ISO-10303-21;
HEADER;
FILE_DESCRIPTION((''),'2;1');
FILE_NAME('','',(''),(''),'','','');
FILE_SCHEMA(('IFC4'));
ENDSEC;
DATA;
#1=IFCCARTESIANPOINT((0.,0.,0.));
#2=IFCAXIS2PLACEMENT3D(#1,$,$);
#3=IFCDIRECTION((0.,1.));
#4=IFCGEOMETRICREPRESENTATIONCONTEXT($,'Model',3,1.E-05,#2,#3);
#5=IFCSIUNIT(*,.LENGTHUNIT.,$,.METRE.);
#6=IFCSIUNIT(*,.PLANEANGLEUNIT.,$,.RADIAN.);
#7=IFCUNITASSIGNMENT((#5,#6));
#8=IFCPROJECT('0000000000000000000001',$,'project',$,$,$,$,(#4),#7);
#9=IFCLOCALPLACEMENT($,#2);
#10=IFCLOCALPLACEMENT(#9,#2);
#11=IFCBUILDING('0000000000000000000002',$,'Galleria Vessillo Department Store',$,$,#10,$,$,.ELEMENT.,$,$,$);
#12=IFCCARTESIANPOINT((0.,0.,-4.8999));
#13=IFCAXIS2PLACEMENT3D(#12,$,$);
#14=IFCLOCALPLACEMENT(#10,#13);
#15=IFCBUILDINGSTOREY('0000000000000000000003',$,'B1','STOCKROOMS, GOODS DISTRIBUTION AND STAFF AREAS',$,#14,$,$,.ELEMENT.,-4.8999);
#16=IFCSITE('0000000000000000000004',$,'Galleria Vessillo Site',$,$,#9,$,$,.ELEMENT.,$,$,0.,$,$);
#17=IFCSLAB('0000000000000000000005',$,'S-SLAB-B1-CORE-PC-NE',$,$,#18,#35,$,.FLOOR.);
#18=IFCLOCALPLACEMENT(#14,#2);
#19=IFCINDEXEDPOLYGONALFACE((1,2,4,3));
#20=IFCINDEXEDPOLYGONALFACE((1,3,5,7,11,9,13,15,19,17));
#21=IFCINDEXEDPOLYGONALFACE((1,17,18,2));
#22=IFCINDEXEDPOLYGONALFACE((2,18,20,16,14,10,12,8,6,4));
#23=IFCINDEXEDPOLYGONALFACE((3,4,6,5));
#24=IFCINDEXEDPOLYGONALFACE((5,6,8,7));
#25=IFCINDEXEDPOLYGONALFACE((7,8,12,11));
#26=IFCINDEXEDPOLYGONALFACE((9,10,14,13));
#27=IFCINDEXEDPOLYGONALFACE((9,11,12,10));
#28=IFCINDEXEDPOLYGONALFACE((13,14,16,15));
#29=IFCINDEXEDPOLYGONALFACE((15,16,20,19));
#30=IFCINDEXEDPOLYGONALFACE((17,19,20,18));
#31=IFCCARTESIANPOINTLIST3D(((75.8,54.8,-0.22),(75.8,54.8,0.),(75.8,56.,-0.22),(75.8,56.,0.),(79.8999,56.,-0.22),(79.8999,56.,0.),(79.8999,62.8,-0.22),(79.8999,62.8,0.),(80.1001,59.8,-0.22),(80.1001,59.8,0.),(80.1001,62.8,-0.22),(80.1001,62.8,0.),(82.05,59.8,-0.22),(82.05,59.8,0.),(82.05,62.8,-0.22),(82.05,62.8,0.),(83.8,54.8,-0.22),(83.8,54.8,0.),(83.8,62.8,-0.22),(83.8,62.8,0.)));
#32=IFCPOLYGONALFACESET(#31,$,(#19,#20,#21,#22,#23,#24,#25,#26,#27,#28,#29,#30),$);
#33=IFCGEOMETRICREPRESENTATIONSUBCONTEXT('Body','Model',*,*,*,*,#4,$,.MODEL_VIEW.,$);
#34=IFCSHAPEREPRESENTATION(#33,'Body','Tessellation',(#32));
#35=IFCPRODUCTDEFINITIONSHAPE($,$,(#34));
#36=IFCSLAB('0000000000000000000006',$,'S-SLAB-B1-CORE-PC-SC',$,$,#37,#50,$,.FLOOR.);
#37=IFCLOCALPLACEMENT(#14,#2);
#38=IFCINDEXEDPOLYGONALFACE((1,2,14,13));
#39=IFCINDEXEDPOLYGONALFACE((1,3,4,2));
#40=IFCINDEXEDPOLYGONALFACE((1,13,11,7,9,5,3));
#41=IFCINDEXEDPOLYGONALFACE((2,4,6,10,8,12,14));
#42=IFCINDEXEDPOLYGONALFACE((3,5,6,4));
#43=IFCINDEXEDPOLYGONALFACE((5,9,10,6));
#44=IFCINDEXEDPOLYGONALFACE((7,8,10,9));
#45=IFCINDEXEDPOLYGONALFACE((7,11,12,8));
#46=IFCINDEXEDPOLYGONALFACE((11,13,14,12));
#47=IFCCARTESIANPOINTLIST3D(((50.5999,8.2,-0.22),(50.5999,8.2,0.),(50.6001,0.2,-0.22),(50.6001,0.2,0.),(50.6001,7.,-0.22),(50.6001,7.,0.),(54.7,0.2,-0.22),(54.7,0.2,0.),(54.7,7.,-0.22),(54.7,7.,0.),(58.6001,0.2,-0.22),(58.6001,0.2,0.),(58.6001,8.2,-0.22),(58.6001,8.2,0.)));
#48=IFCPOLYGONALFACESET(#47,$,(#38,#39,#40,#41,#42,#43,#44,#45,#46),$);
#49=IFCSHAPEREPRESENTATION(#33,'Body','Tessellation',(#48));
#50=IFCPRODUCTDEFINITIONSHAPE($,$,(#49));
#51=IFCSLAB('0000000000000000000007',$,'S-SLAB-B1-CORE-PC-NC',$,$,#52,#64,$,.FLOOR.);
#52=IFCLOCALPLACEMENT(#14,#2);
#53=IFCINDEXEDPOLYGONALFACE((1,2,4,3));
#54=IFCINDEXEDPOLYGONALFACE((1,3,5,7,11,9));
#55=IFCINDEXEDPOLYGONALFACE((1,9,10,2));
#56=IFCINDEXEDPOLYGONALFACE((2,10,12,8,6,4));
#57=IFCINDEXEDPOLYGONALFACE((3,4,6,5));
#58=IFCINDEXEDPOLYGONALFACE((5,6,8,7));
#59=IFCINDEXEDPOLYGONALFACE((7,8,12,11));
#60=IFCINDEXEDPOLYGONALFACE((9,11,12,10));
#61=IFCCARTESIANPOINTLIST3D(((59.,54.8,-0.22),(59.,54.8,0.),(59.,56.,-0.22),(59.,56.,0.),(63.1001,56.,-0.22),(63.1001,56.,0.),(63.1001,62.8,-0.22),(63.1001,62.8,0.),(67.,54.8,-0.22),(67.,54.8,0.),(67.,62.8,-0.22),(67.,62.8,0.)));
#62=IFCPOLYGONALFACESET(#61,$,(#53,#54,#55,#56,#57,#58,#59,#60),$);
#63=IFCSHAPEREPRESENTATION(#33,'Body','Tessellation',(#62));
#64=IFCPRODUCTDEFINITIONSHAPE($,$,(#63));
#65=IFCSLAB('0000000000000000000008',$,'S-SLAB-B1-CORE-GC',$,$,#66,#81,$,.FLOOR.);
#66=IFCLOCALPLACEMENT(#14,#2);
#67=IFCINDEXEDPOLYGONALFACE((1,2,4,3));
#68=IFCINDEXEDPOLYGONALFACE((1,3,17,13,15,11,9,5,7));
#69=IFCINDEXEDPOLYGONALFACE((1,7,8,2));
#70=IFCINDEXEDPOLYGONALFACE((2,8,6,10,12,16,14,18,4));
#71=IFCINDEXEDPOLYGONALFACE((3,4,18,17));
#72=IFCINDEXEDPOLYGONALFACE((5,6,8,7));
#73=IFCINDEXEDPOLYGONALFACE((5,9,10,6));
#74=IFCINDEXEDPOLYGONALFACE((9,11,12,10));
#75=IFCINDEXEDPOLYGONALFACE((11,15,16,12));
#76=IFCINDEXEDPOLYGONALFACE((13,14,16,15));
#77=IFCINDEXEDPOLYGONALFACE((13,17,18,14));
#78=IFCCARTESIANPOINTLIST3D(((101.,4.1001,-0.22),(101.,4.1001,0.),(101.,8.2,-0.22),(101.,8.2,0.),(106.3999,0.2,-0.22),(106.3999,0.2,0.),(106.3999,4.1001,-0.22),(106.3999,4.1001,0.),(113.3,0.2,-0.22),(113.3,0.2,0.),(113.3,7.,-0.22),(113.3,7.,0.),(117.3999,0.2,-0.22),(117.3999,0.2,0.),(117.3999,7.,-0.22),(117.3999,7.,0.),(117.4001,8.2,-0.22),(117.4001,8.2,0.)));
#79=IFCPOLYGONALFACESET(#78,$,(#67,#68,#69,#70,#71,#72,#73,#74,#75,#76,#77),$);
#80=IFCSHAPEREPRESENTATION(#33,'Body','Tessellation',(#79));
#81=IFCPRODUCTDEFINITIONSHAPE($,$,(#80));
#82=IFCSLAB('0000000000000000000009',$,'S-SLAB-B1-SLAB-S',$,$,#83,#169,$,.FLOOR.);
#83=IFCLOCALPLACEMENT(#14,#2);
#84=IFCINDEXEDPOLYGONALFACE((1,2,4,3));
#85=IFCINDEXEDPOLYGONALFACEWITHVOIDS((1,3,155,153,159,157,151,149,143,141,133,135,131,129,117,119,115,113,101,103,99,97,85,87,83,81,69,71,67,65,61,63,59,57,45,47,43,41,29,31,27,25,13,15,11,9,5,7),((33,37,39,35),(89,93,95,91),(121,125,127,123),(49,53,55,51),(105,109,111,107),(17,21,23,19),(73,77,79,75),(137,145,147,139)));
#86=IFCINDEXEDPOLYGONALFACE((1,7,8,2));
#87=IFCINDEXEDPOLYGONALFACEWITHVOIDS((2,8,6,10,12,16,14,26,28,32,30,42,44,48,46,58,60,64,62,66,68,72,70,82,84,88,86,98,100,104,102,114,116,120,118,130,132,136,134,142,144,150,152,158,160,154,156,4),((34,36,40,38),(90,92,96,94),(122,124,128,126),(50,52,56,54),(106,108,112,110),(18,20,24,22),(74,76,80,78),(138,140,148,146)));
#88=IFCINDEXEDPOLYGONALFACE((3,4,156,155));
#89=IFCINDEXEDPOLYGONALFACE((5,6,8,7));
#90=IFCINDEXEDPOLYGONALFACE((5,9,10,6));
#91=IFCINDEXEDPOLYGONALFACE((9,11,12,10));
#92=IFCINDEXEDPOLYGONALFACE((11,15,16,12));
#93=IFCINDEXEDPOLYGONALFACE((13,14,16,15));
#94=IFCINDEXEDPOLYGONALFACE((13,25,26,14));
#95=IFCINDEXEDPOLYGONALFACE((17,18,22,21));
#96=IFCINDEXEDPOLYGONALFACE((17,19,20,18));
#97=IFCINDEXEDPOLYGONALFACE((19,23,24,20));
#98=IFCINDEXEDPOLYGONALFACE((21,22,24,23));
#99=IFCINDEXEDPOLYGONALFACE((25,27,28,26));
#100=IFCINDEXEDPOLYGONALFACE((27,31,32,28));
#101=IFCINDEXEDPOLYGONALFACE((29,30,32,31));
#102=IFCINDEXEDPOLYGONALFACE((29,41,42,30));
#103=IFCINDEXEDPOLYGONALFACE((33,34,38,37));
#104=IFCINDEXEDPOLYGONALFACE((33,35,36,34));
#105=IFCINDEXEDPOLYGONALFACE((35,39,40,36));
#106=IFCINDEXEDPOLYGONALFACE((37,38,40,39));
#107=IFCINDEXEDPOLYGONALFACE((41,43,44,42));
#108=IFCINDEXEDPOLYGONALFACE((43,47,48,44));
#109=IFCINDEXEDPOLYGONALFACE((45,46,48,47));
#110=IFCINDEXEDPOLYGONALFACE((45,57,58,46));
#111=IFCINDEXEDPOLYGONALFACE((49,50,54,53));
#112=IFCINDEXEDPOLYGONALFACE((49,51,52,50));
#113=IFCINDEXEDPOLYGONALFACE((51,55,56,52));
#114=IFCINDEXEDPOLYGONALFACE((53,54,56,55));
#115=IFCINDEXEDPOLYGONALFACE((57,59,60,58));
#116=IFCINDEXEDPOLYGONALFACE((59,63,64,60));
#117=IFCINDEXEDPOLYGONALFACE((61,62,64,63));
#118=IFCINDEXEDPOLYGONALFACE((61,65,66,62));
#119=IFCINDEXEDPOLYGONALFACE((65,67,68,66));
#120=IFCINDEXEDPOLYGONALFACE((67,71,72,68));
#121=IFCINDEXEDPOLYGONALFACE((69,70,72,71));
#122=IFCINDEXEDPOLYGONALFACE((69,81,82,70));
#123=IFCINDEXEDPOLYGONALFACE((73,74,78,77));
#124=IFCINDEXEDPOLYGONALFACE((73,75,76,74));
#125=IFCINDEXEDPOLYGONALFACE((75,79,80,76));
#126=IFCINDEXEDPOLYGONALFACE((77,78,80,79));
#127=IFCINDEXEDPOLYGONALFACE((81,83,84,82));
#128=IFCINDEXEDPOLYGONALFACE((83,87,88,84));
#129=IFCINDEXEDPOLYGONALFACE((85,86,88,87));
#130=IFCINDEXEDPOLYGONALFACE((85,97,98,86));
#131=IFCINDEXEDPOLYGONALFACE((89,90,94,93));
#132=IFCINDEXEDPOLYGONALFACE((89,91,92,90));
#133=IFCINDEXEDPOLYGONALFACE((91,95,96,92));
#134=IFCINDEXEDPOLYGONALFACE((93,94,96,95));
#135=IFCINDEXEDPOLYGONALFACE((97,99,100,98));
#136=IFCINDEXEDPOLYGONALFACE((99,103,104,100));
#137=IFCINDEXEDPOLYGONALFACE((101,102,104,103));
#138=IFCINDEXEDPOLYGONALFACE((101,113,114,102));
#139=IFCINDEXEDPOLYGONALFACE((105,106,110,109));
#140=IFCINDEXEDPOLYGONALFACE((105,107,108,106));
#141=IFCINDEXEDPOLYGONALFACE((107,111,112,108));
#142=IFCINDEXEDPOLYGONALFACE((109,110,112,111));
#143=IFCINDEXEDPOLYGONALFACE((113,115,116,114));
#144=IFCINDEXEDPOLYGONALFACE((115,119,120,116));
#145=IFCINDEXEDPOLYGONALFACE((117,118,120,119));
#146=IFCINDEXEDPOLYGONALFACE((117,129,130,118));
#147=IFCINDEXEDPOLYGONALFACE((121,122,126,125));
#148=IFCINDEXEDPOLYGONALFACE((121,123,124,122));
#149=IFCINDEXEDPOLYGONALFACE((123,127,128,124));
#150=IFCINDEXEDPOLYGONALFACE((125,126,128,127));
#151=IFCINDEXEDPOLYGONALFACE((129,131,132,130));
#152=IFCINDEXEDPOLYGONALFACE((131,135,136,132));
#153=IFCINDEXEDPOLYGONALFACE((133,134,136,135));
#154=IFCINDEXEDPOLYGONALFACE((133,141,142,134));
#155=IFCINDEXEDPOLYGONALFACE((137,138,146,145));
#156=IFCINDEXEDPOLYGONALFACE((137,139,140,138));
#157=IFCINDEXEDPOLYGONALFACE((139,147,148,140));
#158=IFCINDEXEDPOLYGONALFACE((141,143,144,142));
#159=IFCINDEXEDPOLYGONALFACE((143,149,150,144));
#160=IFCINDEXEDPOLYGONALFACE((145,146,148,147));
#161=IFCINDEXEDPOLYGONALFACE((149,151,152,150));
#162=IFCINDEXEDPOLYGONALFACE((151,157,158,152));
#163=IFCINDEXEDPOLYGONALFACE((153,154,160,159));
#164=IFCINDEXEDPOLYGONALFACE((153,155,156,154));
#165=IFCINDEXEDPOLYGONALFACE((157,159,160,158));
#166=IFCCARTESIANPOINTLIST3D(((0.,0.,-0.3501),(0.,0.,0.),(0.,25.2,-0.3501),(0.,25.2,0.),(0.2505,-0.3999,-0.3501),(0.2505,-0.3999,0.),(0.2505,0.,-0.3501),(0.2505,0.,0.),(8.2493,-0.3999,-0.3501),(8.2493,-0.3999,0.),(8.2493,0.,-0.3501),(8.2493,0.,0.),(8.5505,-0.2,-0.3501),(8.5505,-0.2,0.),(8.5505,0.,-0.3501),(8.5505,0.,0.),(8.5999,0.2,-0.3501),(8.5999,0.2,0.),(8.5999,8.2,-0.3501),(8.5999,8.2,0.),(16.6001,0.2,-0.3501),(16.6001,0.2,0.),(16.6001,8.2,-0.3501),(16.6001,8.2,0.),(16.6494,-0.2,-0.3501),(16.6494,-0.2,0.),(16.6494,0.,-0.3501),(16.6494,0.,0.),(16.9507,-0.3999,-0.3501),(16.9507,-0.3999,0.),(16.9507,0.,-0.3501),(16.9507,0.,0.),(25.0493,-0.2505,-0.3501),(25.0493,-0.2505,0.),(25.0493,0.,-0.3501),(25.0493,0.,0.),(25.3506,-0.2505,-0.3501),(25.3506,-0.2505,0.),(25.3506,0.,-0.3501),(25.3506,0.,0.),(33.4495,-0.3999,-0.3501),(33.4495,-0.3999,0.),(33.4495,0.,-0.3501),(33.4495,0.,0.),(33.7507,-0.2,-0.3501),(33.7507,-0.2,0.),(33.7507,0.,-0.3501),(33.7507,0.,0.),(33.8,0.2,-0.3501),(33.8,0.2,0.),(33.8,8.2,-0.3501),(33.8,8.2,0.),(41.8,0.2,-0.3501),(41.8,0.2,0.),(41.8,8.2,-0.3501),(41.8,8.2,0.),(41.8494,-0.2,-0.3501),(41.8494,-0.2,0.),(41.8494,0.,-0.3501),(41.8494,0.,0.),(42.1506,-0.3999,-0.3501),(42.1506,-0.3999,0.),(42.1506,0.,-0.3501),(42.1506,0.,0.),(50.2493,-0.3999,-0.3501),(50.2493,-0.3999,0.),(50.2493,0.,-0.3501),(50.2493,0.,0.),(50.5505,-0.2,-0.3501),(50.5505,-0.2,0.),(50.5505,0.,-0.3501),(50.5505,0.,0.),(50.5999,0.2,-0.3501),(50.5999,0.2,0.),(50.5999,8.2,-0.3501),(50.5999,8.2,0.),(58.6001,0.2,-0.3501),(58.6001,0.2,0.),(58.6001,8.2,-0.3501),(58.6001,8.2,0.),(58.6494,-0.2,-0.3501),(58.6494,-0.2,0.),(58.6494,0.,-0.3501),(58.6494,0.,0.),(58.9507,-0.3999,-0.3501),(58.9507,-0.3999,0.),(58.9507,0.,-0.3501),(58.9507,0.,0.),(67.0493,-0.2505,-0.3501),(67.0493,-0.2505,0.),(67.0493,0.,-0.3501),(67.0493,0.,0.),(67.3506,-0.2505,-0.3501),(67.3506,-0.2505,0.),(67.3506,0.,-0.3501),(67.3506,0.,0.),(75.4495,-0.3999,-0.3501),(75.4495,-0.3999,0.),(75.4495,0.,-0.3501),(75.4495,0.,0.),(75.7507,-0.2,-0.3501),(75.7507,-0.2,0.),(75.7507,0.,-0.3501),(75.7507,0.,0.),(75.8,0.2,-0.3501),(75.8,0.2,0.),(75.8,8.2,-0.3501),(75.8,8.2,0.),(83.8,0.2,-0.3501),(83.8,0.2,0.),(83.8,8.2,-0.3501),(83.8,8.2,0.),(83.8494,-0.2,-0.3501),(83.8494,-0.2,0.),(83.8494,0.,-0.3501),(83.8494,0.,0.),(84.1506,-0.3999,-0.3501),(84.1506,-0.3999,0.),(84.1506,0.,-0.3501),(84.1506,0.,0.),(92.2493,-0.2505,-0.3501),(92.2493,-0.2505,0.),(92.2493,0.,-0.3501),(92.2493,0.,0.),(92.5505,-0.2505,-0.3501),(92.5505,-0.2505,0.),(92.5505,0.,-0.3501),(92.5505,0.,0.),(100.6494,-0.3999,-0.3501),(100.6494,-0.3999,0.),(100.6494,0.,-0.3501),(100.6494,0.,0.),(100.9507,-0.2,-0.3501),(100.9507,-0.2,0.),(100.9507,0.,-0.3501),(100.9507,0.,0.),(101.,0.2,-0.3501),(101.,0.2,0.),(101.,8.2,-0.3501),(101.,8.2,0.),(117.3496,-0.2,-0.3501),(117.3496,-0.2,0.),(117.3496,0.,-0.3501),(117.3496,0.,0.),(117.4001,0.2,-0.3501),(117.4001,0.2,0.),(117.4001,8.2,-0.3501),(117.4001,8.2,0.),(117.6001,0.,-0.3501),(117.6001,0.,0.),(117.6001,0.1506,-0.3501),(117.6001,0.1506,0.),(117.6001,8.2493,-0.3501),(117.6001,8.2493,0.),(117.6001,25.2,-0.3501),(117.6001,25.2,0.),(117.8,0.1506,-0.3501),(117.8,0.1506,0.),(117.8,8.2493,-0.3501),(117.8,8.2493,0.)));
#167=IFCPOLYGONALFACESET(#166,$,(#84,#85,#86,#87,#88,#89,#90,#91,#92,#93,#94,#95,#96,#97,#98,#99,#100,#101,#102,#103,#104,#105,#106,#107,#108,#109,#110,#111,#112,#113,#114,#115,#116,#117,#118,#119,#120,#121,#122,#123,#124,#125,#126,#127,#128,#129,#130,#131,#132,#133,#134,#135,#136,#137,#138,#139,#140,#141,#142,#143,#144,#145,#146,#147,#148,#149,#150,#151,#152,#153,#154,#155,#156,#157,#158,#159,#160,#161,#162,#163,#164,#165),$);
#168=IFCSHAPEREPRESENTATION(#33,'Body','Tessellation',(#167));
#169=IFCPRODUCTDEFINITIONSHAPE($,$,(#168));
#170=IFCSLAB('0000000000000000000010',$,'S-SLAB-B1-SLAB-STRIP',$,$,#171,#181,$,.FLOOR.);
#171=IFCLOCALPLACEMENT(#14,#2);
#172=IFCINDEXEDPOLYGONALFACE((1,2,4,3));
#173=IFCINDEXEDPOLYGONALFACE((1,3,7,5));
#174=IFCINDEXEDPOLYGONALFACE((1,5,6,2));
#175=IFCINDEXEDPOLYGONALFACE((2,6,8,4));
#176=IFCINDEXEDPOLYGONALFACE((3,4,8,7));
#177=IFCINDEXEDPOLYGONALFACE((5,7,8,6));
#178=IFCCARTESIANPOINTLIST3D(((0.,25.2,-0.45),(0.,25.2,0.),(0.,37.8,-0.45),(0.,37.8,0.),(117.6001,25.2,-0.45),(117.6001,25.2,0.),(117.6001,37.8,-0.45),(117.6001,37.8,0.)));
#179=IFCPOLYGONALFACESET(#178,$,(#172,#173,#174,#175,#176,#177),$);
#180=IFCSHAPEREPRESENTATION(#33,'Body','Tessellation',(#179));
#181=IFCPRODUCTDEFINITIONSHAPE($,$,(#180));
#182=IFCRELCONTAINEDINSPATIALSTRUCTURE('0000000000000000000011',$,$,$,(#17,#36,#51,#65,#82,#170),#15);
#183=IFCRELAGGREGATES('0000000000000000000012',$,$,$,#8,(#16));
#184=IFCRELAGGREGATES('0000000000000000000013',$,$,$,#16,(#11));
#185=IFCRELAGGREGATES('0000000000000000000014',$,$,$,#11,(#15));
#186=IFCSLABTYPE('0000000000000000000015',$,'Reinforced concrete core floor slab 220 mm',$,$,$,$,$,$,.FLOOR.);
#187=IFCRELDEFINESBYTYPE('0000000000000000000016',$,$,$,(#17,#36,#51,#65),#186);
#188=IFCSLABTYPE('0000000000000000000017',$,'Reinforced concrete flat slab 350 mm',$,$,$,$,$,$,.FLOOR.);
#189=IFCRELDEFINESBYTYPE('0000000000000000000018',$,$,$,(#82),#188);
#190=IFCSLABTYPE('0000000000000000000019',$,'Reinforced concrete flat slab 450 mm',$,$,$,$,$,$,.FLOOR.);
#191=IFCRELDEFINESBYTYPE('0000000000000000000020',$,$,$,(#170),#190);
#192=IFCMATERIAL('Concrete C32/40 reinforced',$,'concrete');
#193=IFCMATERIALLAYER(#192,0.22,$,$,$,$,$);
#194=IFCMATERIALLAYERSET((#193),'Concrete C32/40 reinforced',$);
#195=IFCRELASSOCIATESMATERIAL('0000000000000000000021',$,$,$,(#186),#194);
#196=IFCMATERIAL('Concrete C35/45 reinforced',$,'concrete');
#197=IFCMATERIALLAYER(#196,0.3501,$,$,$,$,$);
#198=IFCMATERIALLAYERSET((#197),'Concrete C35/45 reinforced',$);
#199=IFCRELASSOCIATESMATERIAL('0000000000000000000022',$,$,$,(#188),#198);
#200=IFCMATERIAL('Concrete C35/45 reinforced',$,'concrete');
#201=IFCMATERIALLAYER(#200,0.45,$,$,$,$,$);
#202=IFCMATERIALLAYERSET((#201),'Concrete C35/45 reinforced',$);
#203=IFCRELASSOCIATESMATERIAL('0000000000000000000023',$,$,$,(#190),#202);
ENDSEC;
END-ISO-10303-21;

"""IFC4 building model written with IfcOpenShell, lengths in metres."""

from ifc_helpers import new_model, si_unit, direction, frame, origin, place, context, subcontext, project, spatial, polyline, outline, extrude, material, layer, layer_set, type_object, element, save


model = new_model("IFC4")

# Units and contexts
model_context = context("Model", 3, precision=1e-05, world=origin(), true_north=direction((0.0, 1.0)))
body_context = subcontext(model_context, "Body", "Model", "MODEL_VIEW")
ifc_project = project(units=[si_unit("LENGTHUNIT", "METRE"), si_unit("PLANEANGLEUNIT", "RADIAN")], contexts=[model_context])

# Site, building, storey
site_placement = place(None, origin())
site = spatial("IfcSite", under=ifc_project, at=site_placement, Name="Galleria Vessillo Site", CompositionType="ELEMENT", RefElevation=0.0)
building_placement = place(site_placement, origin())
building = spatial("IfcBuilding", under=site, at=building_placement, Name="Galleria Vessillo Department Store", CompositionType="ELEMENT")
storey_placement = place(building_placement, frame((0.0, 0.0, -4.8999)))
storey = spatial("IfcBuildingStorey", under=building, at=storey_placement, Name="B1", Description="STOCKROOMS, GOODS DISTRIBUTION AND STAFF AREAS", CompositionType="ELEMENT", Elevation=-4.8999)

# Slabs
ifc_material_1 = material(Name="Concrete C32/40 reinforced", Category="concrete")
ifc_layer_1 = layer(ifc_material_1, 0.22)
ifc_layer_set_1 = layer_set([ifc_layer_1], Name="Concrete C32/40 reinforced")
slab_type_1 = type_object("IfcSlabType", Name="Reinforced concrete core floor slab 220 mm", PredefinedType="FLOOR", material=ifc_layer_set_1)
slab_1_placement = place(storey_placement, frame((0.0, 0.0, -0.22)))
element("IfcSlab", 1, at=slab_1_placement, inside=storey, type_object=slab_type_1, Name="S-SLAB-B1-CORE-PC-NE", PredefinedType="FLOOR", context=body_context, shape_type="SweptSolid", body=[
    extrude(outline(polyline([(83.8, 62.8), (83.8, 54.8), (75.8, 54.8), (75.8, 56.0), (79.8999, 56.0), (79.8999, 62.8), (80.1001, 62.8), (80.1001, 59.8), (82.05, 59.8), (82.05, 62.8), (83.8, 62.8)])), origin(), (0.0, 0.0, 1.0), 0.22),
])
slab_2_placement = place(storey_placement, frame((0.0, 0.0, -0.22)))
element("IfcSlab", 2, at=slab_2_placement, inside=storey, type_object=slab_type_1, Name="S-SLAB-B1-CORE-PC-SC", PredefinedType="FLOOR", context=body_context, shape_type="SweptSolid", body=[
    extrude(outline(polyline([(50.5999, 8.2), (58.6001, 8.2), (58.6001, 0.2), (54.7, 0.2), (54.7, 7.0), (50.6001, 7.0), (50.6001, 0.2), (50.5999, 8.2)])), origin(), (0.0, 0.0, 1.0), 0.22),
])
slab_3_placement = place(storey_placement, frame((0.0, 0.0, -0.22)))
element("IfcSlab", 3, at=slab_3_placement, inside=storey, type_object=slab_type_1, Name="S-SLAB-B1-CORE-PC-NC", PredefinedType="FLOOR", context=body_context, shape_type="SweptSolid", body=[
    extrude(outline(polyline([(67.0, 62.8), (67.0, 54.8), (59.0, 54.8), (59.0, 56.0), (63.1001, 56.0), (63.1001, 62.8), (67.0, 62.8)])), origin(), (0.0, 0.0, 1.0), 0.22),
])
slab_4_placement = place(storey_placement, frame((0.0, 0.0, -0.22)))
element("IfcSlab", 4, at=slab_4_placement, inside=storey, type_object=slab_type_1, Name="S-SLAB-B1-CORE-GC", PredefinedType="FLOOR", context=body_context, shape_type="SweptSolid", body=[
    extrude(outline(polyline([(101.0, 8.2), (117.4001, 8.2), (117.3999, 0.2), (117.3999, 7.0), (113.3, 7.0), (113.3, 0.2), (106.3999, 0.2), (106.3999, 4.1001), (101.0, 4.1001), (101.0, 8.2)])), origin(), (0.0, 0.0, 1.0), 0.22),
])
ifc_material_2 = material(Name="Concrete C35/45 reinforced", Category="concrete")
ifc_layer_2 = layer(ifc_material_2, 0.3501)
ifc_layer_set_2 = layer_set([ifc_layer_2], Name="Concrete C35/45 reinforced")
slab_type_2 = type_object("IfcSlabType", Name="Reinforced concrete flat slab 350 mm", PredefinedType="FLOOR", material=ifc_layer_set_2)
slab_5_placement = place(storey_placement, frame((0.0, 0.0, -0.3501)))
element("IfcSlab", 5, at=slab_5_placement, inside=storey, type_object=slab_type_2, Name="S-SLAB-B1-SLAB-S", PredefinedType="FLOOR", context=body_context, shape_type="SweptSolid", body=[
    extrude(outline(polyline([(8.5505, 0.0), (8.2493, 0.0), (8.2493, -0.3999), (0.2505, -0.3999), (0.2505, 0.0), (0.0, 0.0), (0.0, 25.2), (117.6001, 25.2), (117.6001, 8.2493), (117.8, 8.2493), (117.8, 0.1506), (117.6001, 0.1506), (117.6001, 0.0), (117.3496, 0.0), (117.3496, -0.2), (100.9507, -0.2), (100.9507, 0.0), (100.6494, 0.0), (100.6494, -0.3999), (84.1506, -0.3999), (84.1506, 0.0), (83.8494, 0.0), (83.8494, -0.2), (75.7507, -0.2), (75.7507, 0.0), (75.4495, 0.0), (75.4495, -0.3999), (58.9507, -0.3999), (58.9507, 0.0), (58.6494, 0.0), (58.6494, -0.2), (50.5505, -0.2), (50.5505, 0.0), (50.2493, 0.0), (50.2493, -0.3999), (42.1506, -0.3999), (42.1506, 0.0), (41.8494, 0.0), (41.8494, -0.2), (33.7507, -0.2), (33.7507, 0.0), (33.4495, 0.0), (33.4495, -0.3999), (16.9507, -0.3999), (16.9507, 0.0), (16.6494, 0.0), (16.6494, -0.2), (8.5505, -0.2), (8.5505, 0.0)]), holes=[polyline([(117.4001, 8.2), (101.0, 8.2), (101.0, 0.2), (117.4001, 0.2), (117.4001, 8.2)]), polyline([(92.5505, 0.0), (92.2493, 0.0), (92.2493, -0.2505), (92.5505, -0.2505), (92.5505, 0.0)]), polyline([(83.8, 8.2), (75.8, 8.2), (75.8, 0.2), (83.8, 0.2), (83.8, 8.2)]), polyline([(67.0493, 0.0), (67.0493, -0.2505), (67.3506, -0.2505), (67.3506, 0.0), (67.0493, 0.0)]), polyline([(58.6001, 8.2), (50.5999, 8.2), (50.5999, 0.2), (58.6001, 0.2), (58.6001, 8.2)]), polyline([(41.8, 8.2), (33.8, 8.2), (33.8, 0.2), (41.8, 0.2), (41.8, 8.2)]), polyline([(25.3506, -0.2505), (25.3506, 0.0), (25.0493, 0.0), (25.0493, -0.2505), (25.3506, -0.2505)]), polyline([(16.6001, 8.2), (8.5999, 8.2), (8.5999, 0.2), (16.6001, 0.2), (16.6001, 8.2)])]), origin(), (0.0, 0.0, 1.0), 0.3501),
])
ifc_material_3 = material(Name="Concrete C35/45 reinforced", Category="concrete")
ifc_layer_3 = layer(ifc_material_3, 0.45)
ifc_layer_set_3 = layer_set([ifc_layer_3], Name="Concrete C35/45 reinforced")
slab_type_3 = type_object("IfcSlabType", Name="Reinforced concrete flat slab 450 mm", PredefinedType="FLOOR", material=ifc_layer_set_3)
slab_6_placement = place(storey_placement, frame((0.0, 0.0, -0.45)))
element("IfcSlab", 6, at=slab_6_placement, inside=storey, type_object=slab_type_3, Name="S-SLAB-B1-SLAB-STRIP", PredefinedType="FLOOR", context=body_context, shape_type="SweptSolid", body=[
    extrude(outline(polyline([(0.0, 25.2), (0.0, 37.8), (117.6001, 37.8), (117.6001, 25.2), (0.0, 25.2)])), origin(), (0.0, 0.0, 1.0), 0.45),
])

save(model, "model.ifc")
